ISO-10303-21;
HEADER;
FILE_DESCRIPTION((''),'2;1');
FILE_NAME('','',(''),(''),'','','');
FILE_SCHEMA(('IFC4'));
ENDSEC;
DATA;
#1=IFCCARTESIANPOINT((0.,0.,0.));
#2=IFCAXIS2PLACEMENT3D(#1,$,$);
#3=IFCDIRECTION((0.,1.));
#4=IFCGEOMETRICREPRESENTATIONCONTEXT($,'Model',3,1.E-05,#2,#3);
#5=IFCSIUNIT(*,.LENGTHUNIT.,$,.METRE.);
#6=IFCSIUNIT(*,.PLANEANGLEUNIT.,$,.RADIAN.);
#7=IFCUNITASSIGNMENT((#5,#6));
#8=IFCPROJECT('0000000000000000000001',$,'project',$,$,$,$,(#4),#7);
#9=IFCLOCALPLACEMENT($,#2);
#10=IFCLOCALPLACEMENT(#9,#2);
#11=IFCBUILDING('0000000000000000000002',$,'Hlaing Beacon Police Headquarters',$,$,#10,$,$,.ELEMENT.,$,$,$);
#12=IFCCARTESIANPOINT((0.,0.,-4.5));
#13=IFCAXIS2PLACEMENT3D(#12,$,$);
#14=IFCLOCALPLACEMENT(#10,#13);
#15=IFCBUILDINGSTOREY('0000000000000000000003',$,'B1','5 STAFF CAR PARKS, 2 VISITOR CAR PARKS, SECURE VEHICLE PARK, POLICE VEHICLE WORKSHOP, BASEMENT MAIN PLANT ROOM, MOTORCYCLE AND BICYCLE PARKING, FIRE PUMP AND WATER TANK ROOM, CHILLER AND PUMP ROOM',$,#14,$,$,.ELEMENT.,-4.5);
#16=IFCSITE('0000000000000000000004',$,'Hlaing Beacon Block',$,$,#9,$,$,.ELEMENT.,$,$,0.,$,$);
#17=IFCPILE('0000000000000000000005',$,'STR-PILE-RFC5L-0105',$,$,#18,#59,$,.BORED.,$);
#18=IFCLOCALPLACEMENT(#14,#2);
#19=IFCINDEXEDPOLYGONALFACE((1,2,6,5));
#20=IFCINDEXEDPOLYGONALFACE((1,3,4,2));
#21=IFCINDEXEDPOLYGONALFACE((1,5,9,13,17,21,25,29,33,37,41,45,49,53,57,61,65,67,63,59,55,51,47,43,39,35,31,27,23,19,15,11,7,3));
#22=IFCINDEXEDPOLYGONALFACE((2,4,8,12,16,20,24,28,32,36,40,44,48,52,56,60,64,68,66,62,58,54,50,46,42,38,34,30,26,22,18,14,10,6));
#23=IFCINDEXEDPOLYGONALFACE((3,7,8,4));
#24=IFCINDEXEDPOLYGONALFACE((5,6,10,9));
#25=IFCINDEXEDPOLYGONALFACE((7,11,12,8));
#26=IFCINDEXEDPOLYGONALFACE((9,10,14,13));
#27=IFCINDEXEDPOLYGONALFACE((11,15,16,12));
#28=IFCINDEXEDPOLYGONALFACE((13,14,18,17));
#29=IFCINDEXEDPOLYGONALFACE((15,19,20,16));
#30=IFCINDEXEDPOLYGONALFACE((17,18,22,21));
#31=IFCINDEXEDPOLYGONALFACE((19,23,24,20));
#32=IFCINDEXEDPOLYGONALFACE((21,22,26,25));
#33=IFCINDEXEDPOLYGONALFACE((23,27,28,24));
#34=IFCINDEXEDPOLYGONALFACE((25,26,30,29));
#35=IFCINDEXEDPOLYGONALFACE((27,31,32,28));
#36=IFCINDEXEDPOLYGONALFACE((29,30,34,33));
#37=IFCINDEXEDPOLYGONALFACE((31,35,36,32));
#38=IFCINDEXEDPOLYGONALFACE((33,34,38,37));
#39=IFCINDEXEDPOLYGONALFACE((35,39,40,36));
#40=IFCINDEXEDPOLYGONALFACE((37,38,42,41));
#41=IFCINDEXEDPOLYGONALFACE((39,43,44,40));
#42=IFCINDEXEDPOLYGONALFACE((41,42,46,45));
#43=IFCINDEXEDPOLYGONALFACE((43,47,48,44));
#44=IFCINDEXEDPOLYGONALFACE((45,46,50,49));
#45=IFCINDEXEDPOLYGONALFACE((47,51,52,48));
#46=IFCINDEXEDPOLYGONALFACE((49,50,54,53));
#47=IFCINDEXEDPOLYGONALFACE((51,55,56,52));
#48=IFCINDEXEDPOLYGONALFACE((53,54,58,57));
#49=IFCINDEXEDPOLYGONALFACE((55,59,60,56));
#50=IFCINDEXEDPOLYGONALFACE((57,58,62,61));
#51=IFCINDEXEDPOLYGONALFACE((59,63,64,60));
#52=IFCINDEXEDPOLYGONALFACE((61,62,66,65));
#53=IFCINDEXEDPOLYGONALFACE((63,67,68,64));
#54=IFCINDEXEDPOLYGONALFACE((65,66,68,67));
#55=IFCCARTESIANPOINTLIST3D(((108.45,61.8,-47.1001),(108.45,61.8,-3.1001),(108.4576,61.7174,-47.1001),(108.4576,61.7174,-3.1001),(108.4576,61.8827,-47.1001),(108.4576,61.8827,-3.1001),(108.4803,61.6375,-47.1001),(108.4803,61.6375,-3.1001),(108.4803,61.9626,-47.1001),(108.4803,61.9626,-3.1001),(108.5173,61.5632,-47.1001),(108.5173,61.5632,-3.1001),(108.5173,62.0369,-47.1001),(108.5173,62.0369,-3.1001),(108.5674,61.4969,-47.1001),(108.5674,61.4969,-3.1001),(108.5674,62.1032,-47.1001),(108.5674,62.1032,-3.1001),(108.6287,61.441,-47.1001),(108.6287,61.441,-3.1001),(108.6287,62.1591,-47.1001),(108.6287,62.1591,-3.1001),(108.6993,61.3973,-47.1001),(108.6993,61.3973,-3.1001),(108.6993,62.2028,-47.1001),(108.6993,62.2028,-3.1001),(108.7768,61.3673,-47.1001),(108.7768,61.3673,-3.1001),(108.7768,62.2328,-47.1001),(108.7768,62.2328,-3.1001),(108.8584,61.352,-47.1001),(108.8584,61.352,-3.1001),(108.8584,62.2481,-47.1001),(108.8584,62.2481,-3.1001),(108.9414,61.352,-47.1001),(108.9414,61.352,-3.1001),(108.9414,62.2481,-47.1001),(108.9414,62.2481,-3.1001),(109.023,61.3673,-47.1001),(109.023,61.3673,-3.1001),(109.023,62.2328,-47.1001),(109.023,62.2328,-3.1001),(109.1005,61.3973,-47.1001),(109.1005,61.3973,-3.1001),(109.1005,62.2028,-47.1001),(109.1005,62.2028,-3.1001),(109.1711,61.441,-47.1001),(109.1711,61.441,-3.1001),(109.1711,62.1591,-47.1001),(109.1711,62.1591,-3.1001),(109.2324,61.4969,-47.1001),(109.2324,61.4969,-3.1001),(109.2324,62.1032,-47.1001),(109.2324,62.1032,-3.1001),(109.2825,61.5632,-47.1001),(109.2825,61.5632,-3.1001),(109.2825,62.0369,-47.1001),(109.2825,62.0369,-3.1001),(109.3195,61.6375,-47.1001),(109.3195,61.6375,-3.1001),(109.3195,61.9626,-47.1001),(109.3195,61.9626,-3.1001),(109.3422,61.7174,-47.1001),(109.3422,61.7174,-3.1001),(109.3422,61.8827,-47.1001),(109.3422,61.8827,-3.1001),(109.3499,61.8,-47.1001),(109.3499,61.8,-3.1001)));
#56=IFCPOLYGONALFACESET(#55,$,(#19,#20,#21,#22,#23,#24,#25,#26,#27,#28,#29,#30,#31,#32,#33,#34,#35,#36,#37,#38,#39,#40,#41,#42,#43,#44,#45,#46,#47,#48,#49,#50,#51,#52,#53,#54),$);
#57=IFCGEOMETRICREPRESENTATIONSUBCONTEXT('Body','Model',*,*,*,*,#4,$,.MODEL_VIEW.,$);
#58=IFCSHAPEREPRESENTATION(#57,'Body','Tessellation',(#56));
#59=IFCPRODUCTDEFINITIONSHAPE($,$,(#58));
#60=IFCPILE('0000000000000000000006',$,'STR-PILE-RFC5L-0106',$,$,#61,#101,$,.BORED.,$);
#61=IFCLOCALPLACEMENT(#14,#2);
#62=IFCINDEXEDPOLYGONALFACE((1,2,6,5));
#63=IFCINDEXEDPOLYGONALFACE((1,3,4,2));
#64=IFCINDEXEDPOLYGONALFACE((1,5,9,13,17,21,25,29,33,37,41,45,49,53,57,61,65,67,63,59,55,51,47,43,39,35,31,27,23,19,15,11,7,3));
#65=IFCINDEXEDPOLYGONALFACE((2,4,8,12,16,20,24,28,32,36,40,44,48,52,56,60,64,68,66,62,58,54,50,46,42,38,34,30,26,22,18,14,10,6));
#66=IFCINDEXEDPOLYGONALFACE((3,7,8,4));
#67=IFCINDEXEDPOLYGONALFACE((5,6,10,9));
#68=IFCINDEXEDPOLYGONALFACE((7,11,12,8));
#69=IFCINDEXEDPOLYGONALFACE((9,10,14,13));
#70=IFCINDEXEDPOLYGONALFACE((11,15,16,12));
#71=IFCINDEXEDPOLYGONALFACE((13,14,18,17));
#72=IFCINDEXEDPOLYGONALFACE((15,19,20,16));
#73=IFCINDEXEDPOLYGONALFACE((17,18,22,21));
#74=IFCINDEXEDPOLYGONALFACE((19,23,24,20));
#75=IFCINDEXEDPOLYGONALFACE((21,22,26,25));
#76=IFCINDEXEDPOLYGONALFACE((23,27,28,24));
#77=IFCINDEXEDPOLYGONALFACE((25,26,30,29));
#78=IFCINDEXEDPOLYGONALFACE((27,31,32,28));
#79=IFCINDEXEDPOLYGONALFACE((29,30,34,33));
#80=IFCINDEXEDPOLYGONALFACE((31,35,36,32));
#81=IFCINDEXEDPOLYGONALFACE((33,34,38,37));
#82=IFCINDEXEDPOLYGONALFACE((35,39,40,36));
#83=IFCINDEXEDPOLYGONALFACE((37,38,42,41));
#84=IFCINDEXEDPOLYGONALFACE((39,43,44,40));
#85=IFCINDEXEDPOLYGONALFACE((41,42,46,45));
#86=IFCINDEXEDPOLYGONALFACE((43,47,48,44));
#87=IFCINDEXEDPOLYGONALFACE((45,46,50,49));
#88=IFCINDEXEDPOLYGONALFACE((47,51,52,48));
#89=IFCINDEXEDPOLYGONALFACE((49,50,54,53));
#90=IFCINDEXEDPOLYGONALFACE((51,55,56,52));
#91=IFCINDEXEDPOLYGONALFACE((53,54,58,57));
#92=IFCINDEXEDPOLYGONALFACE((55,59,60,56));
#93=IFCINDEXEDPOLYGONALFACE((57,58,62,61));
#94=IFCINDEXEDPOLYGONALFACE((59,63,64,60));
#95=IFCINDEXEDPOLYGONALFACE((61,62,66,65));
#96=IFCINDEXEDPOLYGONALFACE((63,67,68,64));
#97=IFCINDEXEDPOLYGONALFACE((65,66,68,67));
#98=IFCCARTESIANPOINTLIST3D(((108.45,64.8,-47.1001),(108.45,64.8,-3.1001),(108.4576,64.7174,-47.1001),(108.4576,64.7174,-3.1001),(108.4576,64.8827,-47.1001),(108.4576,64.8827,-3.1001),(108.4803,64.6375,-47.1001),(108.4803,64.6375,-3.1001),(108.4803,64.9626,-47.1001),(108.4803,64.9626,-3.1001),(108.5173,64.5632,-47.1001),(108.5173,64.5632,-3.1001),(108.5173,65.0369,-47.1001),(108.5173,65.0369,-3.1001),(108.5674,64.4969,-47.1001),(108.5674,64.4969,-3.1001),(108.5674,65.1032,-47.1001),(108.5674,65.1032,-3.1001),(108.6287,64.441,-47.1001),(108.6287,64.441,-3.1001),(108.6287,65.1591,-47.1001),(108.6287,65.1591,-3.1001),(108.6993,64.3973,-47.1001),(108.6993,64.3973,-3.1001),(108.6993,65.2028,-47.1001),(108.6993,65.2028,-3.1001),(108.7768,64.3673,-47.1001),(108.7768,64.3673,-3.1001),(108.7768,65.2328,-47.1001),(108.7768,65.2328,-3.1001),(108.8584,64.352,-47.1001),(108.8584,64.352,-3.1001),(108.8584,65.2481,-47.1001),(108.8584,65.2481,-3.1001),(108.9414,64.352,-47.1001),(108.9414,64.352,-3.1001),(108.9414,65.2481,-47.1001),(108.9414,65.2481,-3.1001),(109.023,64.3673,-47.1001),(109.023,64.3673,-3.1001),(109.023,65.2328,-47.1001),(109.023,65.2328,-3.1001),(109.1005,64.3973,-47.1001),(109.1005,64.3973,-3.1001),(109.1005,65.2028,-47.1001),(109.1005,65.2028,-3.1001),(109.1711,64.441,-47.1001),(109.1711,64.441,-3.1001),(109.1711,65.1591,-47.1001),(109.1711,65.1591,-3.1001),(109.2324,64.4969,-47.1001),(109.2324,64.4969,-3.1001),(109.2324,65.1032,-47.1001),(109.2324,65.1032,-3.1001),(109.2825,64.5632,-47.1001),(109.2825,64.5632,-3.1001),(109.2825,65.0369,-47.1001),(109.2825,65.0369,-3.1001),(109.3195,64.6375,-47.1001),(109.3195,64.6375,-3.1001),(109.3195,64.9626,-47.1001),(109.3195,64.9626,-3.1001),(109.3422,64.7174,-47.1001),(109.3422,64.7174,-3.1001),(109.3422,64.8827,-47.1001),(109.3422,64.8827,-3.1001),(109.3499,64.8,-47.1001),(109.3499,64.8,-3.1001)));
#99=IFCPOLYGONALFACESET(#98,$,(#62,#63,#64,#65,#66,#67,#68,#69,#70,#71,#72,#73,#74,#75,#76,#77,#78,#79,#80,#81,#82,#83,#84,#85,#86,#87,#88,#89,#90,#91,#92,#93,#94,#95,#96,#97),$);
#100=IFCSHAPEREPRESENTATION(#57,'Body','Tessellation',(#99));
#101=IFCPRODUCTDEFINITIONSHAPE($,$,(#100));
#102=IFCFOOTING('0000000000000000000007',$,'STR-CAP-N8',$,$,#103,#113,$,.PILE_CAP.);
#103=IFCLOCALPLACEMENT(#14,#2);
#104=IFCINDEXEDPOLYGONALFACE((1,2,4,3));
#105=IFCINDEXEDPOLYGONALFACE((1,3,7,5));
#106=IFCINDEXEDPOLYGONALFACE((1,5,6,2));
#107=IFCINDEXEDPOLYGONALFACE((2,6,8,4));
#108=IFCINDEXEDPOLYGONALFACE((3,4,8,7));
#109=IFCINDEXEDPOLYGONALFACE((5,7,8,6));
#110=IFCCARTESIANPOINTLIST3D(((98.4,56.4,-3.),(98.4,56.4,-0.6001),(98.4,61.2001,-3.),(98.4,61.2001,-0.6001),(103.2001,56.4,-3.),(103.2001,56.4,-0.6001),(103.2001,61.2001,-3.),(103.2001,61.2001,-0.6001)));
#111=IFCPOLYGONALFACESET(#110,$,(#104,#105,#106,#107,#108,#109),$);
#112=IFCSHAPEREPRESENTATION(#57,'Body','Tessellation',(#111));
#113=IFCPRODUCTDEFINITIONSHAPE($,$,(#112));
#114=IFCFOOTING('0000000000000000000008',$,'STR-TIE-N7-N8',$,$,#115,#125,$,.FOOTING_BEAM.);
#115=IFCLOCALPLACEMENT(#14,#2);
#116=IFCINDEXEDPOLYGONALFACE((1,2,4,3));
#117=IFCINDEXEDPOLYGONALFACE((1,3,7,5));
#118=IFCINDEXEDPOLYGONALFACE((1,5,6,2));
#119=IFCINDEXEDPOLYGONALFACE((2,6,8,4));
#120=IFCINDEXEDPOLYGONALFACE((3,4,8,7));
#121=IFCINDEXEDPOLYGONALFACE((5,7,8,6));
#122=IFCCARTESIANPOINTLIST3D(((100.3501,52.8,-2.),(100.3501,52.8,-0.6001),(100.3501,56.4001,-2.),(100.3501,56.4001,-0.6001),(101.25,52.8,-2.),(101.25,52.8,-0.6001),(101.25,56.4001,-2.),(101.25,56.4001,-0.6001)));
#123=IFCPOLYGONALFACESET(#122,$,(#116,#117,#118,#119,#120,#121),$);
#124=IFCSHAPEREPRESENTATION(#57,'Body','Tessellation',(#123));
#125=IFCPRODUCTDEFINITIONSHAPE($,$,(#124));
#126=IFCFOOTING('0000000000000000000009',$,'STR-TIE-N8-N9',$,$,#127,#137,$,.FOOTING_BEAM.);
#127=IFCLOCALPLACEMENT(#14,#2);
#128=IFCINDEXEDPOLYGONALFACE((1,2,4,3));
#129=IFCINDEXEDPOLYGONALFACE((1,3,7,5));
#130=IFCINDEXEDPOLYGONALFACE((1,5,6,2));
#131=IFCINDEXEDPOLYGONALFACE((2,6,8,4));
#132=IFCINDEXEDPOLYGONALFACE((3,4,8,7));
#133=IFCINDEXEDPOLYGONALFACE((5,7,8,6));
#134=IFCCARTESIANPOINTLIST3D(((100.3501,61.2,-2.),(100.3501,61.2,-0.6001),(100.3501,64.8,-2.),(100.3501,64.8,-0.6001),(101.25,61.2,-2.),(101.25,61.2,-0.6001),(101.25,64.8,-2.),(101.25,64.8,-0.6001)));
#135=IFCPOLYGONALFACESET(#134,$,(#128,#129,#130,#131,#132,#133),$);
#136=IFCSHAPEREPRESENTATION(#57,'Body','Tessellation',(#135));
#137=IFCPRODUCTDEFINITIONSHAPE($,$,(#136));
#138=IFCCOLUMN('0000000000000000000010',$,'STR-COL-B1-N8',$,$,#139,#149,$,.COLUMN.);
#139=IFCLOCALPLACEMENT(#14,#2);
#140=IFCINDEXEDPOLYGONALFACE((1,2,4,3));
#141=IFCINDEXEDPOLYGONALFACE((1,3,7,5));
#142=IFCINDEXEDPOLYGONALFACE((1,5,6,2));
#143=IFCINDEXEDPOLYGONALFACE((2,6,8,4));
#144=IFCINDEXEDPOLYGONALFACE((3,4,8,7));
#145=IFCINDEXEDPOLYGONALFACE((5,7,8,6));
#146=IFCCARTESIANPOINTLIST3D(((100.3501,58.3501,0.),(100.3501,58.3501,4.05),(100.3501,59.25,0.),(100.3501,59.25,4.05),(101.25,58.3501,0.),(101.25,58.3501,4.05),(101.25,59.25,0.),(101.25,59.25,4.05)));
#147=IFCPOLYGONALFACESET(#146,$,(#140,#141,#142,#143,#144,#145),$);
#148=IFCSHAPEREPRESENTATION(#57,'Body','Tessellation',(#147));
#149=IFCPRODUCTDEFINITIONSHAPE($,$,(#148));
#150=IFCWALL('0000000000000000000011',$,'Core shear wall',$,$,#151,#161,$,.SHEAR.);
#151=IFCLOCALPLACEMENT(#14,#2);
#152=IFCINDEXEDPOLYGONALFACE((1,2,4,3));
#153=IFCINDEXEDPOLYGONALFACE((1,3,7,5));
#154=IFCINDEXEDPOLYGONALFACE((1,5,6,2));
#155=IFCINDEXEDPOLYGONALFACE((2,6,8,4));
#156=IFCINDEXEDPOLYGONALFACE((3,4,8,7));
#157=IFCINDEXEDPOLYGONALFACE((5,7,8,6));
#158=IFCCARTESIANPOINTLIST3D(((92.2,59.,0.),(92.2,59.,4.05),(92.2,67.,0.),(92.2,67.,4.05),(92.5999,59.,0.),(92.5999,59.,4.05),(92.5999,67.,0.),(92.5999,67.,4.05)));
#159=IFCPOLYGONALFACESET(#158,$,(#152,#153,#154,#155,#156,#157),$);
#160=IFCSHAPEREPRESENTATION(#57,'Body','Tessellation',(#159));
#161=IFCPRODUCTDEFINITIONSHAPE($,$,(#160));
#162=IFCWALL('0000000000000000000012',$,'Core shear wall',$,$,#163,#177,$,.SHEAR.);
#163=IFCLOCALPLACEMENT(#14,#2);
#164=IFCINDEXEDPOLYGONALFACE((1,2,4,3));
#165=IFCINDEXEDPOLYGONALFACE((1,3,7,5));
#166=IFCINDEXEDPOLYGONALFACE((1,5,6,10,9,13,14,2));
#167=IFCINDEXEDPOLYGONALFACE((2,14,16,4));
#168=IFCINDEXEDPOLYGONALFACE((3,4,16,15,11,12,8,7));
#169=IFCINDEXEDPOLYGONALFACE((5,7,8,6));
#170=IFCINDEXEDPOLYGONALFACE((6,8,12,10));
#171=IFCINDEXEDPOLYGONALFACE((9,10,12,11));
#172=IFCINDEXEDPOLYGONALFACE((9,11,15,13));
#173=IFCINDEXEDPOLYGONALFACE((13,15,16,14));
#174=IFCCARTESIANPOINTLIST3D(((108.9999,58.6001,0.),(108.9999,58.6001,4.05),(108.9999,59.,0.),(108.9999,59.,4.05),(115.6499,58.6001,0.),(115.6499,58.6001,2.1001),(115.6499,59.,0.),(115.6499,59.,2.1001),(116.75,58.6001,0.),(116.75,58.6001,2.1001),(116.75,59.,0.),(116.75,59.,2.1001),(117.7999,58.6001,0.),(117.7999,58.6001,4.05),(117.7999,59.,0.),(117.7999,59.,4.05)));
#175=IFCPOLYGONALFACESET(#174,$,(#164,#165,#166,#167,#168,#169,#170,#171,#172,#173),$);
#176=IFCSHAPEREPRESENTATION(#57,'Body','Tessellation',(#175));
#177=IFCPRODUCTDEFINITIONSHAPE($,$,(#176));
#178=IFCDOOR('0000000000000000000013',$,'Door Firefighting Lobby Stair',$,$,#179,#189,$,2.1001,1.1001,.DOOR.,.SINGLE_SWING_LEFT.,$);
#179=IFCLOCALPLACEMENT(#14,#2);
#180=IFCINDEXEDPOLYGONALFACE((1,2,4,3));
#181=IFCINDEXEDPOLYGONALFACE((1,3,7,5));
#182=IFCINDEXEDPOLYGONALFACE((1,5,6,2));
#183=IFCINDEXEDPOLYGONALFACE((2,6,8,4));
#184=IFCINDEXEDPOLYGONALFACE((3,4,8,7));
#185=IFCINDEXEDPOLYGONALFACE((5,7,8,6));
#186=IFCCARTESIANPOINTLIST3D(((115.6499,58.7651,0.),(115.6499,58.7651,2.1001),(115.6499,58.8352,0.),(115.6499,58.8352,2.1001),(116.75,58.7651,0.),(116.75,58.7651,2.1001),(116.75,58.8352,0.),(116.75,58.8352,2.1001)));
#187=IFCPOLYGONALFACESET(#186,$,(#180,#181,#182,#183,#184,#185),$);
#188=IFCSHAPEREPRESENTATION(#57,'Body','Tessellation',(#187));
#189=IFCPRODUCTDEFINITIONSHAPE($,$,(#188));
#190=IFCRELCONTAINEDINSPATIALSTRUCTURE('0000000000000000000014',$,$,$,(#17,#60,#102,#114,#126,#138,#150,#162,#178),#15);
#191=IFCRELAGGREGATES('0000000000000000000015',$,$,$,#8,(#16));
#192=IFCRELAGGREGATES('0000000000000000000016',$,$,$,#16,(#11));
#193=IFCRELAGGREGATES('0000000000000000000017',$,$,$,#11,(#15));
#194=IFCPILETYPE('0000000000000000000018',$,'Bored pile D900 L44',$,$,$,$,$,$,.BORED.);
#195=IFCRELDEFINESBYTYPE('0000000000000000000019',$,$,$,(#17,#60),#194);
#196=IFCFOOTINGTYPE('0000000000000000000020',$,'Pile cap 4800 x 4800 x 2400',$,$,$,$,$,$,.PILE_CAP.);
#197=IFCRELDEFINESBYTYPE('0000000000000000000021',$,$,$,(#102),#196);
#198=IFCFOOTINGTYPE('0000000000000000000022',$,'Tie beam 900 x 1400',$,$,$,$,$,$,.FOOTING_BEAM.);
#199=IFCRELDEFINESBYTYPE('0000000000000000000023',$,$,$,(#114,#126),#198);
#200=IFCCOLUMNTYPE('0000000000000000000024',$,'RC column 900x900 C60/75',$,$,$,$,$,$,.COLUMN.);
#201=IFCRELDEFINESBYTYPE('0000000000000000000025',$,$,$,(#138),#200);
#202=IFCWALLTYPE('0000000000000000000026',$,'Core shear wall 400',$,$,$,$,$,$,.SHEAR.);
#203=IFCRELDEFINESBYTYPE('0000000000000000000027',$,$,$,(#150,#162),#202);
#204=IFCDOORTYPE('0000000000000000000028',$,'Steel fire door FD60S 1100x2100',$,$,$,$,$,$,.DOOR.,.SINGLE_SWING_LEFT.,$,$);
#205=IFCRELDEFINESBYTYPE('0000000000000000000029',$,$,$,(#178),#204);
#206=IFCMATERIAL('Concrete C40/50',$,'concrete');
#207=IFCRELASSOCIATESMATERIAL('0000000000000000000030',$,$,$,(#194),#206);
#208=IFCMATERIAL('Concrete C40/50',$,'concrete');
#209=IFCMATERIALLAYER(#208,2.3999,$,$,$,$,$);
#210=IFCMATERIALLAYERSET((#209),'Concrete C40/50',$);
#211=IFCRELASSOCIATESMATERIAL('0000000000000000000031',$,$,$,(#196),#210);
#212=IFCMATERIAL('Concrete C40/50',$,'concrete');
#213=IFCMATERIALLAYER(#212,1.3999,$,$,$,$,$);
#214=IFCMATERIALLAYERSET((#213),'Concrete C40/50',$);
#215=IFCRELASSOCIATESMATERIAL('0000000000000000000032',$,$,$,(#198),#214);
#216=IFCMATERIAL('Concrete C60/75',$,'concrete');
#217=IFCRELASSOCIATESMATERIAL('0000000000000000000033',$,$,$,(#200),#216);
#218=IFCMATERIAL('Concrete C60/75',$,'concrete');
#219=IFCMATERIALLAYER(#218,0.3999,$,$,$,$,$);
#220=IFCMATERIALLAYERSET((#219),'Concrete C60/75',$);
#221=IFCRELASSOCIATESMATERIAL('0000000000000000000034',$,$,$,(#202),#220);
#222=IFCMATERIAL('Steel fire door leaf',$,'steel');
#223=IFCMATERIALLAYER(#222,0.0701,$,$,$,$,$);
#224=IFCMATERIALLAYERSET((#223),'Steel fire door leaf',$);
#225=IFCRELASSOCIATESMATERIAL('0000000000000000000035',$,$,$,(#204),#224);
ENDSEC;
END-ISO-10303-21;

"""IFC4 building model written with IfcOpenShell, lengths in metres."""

from ifc_helpers import new_model, si_unit, direction, frame, frame_2d, origin, origin_2d, place, context, subcontext, project, spatial, rectangle, circle, extrude, material, layer, layer_set, material_profile, profile_set, type_object, element, fill, save


model = new_model("IFC4")

# Units and contexts
model_context = context("Model", 3, precision=1e-05, world=origin(), true_north=direction((0.0, 1.0)))
body_context = subcontext(model_context, "Body", "Model", "MODEL_VIEW")
ifc_project = project(units=[si_unit("LENGTHUNIT", "METRE"), si_unit("PLANEANGLEUNIT", "RADIAN")], contexts=[model_context])

# Site, building, storey
site_placement = place(None, origin())
site = spatial("IfcSite", under=ifc_project, at=site_placement, Name="Hlaing Beacon Block", CompositionType="ELEMENT", RefElevation=0.0)
building_placement = place(site_placement, origin())
building = spatial("IfcBuilding", under=site, at=building_placement, Name="Hlaing Beacon Police Headquarters", CompositionType="ELEMENT")
storey_placement = place(building_placement, frame((0.0, 0.0, -4.5)))
storey = spatial("IfcBuildingStorey", under=building, at=storey_placement, Name="B1", Description="5 STAFF CAR PARKS, 2 VISITOR CAR PARKS, SECURE VEHICLE PARK, POLICE VEHICLE WORKSHOP, BASEMENT MAIN PLANT ROOM, MOTORCYCLE AND BICYCLE PARKING, FIRE PUMP AND WATER TANK ROOM, CHILLER AND PUMP ROOM", CompositionType="ELEMENT", Elevation=-4.5)

# Piles
ifc_material_1 = material(Name="Concrete C40/50", Category="concrete")
ifc_material_profile_1 = material_profile(ifc_material_1, circle(Radius=0.45, at=origin_2d()), Name="D900")
ifc_profile_set_1 = profile_set([ifc_material_profile_1], Name="Concrete C40/50")
pile_type_1 = type_object("IfcPileType", Name="Bored pile D900 L44", PredefinedType="BORED", material=ifc_profile_set_1)
for number, where, z_axis, x_axis, name in (
    (1, (108.8999, 61.8, -3.1001), (0.0, 0.0, -1.0), (1.0, 0.0, 0.0), "STR-PILE-RFC5L-0105"),
    (2, (108.8999, 64.8, -3.1001), (0.0, 0.0, -1.0), (1.0, 0.0, 0.0), "STR-PILE-RFC5L-0106"),
):
    element("IfcPile", number, at=place(storey_placement, frame(where, z_axis=z_axis, x_axis=x_axis)), inside=storey, type_object=pile_type_1, Name=name, PredefinedType="BORED", context=body_context, shape_type="SweptSolid", body=[
        extrude(circle(Radius=0.45, at=origin_2d()), origin(), (0.0, 0.0, 1.0), 44.0),
    ])

# Footings
ifc_material_2 = material(Name="Concrete C40/50", Category="concrete")
ifc_layer_1 = layer(ifc_material_2, 2.3999)
ifc_layer_set_1 = layer_set([ifc_layer_1], Name="Concrete C40/50")
footing_type_1 = type_object("IfcFootingType", Name="Pile cap 4800 x 4800 x 2400", PredefinedType="PILE_CAP", material=ifc_layer_set_1)
footing_placement = place(storey_placement, frame((100.8, 58.8, -3.0), z_axis=(0.0, 0.0, 1.0), x_axis=(1.0, 0.0, 0.0)))
element("IfcFooting", 3, at=footing_placement, inside=storey, type_object=footing_type_1, Name="STR-CAP-N8", PredefinedType="PILE_CAP", context=body_context, shape_type="SweptSolid", body=[
    extrude(rectangle(XDim=4.8, YDim=4.8, at=origin_2d()), origin(), (0.0, 0.0, 1.0), 2.3999),
])
ifc_material_3 = material(Name="Concrete C40/50", Category="concrete")
ifc_layer_2 = layer(ifc_material_3, 1.3999)
ifc_layer_set_2 = layer_set([ifc_layer_2], Name="Concrete C40/50")
footing_type_2 = type_object("IfcFootingType", Name="Tie beam 900 x 1400", PredefinedType="FOOTING_BEAM", material=ifc_layer_set_2)
for number, where, z_axis, x_axis, name in (
    (4, (100.8, 54.6001, -2.0), (0.0, 0.0, 1.0), (1.0, 0.0, 0.0), "STR-TIE-N7-N8"),
    (5, (100.8, 63.0, -2.0), (0.0, 0.0, 1.0), (1.0, 0.0, 0.0), "STR-TIE-N8-N9"),
):
    element("IfcFooting", number, at=place(storey_placement, frame(where, z_axis=z_axis, x_axis=x_axis)), inside=storey, type_object=footing_type_2, Name=name, PredefinedType="FOOTING_BEAM", context=body_context, shape_type="SweptSolid", body=[
        extrude(rectangle(XDim=0.8999, YDim=3.6001, at=origin_2d()), origin(), (0.0, 0.0, 1.0), 1.3999),
    ])

# Column
ifc_material_4 = material(Name="Concrete C60/75", Category="concrete")
ifc_material_profile_2 = material_profile(ifc_material_4, rectangle(XDim=0.8999, YDim=0.8999, at=origin_2d()), Name="900x900")
ifc_profile_set_2 = profile_set([ifc_material_profile_2], Name="Concrete C60/75")
column_type = type_object("IfcColumnType", Name="RC column 900x900 C60/75", PredefinedType="COLUMN", material=ifc_profile_set_2)
column_placement = place(storey_placement, frame((100.8, 58.8, 0.0), z_axis=(0.0, 0.0, 1.0), x_axis=(1.0, 0.0, 0.0)))
element("IfcColumn", 6, at=column_placement, inside=storey, type_object=column_type, Name="STR-COL-B1-N8", PredefinedType="COLUMN", context=body_context, shape_type="SweptSolid", body=[
    extrude(rectangle(XDim=0.8999, YDim=0.8999, at=origin_2d()), origin(), (0.0, 0.0, 1.0), 4.05),
])

# Wall
ifc_material_5 = material(Name="Concrete C60/75", Category="concrete")
ifc_layer_3 = layer(ifc_material_5, 0.3999)
ifc_layer_set_3 = layer_set([ifc_layer_3], Name="Concrete C60/75")
wall_type_1 = type_object("IfcWallType", Name="Core shear wall 400", PredefinedType="SHEAR", material=ifc_layer_set_3)
wall_1_placement = place(storey_placement, frame((92.3999, 59.0, 0.0), z_axis=(0.0, 0.0, 1.0), x_axis=(0.0, 1.0, 0.0)))
element("IfcWall", 7, at=wall_1_placement, inside=storey, type_object=wall_type_1, Name="Core shear wall", PredefinedType="SHEAR", context=body_context, shape_type="SweptSolid", body=[
    extrude(rectangle(XDim=8.0, YDim=0.3999, at=frame_2d((4.0, 0.0))), origin(), (0.0, 0.0, 1.0), 4.05),
])

# Wall, opening, door
wall_2_placement = place(storey_placement, frame((109.0, 58.8, 0.0), z_axis=(0.0, 0.0, 1.0), x_axis=(1.0, 0.0, 0.0)))
wall_2 = element("IfcWall", 8, at=wall_2_placement, inside=storey, type_object=wall_type_1, Name="Core shear wall", PredefinedType="SHEAR", context=body_context, shape_type="SweptSolid", body=[
    extrude(rectangle(XDim=8.8, YDim=0.3999, at=frame_2d((4.3999, 0.0))), origin(), (0.0, 0.0, 1.0), 4.05),
])
opening_1_placement = place(wall_2_placement, frame((6.6499, 0.0, 0.0)))
opening_1 = element("IfcOpeningElement", 9, at=opening_1_placement, cuts=wall_2, PredefinedType="OPENING", context=body_context, shape_type="SweptSolid", body=[
    extrude(rectangle(XDim=1.1001, YDim=2.1001, at=frame_2d((0.55, 1.05))), frame((0.0, 0.21, 0.0), z_axis=(0.0, -1.0, 0.0), x_axis=(1.0, 0.0, 0.0)), (0.0, 0.0, 1.0), 0.4199),
])
ifc_material_6 = material(Name="Steel fire door leaf", Category="steel")
ifc_layer_4 = layer(ifc_material_6, 0.0701)
ifc_layer_set_4 = layer_set([ifc_layer_4], Name="Steel fire door leaf")
door_type_1 = type_object("IfcDoorType", Name="Steel fire door FD60S 1100x2100", OperationType="SINGLE_SWING_LEFT", PredefinedType="DOOR", material=ifc_layer_set_4)
door_1_placement = place(opening_1_placement, origin())
door_1 = element("IfcDoor", 10, at=door_1_placement, inside=storey, type_object=door_type_1, Name="Door Firefighting Lobby Stair", OperationType="SINGLE_SWING_LEFT", OverallHeight=2.1001, OverallWidth=1.1001, PredefinedType="DOOR", context=body_context, shape_type="SweptSolid", body=[
    extrude(rectangle(XDim=1.1001, YDim=2.1001, at=frame_2d((0.55, 1.05))), frame((0.0, 0.0352, 0.0), z_axis=(0.0, -1.0, 0.0), x_axis=(1.0, 0.0, 0.0)), (0.0, 0.0, 1.0), 0.0701),
])
fill(opening_1, door_1)

save(model, "model.ifc")
